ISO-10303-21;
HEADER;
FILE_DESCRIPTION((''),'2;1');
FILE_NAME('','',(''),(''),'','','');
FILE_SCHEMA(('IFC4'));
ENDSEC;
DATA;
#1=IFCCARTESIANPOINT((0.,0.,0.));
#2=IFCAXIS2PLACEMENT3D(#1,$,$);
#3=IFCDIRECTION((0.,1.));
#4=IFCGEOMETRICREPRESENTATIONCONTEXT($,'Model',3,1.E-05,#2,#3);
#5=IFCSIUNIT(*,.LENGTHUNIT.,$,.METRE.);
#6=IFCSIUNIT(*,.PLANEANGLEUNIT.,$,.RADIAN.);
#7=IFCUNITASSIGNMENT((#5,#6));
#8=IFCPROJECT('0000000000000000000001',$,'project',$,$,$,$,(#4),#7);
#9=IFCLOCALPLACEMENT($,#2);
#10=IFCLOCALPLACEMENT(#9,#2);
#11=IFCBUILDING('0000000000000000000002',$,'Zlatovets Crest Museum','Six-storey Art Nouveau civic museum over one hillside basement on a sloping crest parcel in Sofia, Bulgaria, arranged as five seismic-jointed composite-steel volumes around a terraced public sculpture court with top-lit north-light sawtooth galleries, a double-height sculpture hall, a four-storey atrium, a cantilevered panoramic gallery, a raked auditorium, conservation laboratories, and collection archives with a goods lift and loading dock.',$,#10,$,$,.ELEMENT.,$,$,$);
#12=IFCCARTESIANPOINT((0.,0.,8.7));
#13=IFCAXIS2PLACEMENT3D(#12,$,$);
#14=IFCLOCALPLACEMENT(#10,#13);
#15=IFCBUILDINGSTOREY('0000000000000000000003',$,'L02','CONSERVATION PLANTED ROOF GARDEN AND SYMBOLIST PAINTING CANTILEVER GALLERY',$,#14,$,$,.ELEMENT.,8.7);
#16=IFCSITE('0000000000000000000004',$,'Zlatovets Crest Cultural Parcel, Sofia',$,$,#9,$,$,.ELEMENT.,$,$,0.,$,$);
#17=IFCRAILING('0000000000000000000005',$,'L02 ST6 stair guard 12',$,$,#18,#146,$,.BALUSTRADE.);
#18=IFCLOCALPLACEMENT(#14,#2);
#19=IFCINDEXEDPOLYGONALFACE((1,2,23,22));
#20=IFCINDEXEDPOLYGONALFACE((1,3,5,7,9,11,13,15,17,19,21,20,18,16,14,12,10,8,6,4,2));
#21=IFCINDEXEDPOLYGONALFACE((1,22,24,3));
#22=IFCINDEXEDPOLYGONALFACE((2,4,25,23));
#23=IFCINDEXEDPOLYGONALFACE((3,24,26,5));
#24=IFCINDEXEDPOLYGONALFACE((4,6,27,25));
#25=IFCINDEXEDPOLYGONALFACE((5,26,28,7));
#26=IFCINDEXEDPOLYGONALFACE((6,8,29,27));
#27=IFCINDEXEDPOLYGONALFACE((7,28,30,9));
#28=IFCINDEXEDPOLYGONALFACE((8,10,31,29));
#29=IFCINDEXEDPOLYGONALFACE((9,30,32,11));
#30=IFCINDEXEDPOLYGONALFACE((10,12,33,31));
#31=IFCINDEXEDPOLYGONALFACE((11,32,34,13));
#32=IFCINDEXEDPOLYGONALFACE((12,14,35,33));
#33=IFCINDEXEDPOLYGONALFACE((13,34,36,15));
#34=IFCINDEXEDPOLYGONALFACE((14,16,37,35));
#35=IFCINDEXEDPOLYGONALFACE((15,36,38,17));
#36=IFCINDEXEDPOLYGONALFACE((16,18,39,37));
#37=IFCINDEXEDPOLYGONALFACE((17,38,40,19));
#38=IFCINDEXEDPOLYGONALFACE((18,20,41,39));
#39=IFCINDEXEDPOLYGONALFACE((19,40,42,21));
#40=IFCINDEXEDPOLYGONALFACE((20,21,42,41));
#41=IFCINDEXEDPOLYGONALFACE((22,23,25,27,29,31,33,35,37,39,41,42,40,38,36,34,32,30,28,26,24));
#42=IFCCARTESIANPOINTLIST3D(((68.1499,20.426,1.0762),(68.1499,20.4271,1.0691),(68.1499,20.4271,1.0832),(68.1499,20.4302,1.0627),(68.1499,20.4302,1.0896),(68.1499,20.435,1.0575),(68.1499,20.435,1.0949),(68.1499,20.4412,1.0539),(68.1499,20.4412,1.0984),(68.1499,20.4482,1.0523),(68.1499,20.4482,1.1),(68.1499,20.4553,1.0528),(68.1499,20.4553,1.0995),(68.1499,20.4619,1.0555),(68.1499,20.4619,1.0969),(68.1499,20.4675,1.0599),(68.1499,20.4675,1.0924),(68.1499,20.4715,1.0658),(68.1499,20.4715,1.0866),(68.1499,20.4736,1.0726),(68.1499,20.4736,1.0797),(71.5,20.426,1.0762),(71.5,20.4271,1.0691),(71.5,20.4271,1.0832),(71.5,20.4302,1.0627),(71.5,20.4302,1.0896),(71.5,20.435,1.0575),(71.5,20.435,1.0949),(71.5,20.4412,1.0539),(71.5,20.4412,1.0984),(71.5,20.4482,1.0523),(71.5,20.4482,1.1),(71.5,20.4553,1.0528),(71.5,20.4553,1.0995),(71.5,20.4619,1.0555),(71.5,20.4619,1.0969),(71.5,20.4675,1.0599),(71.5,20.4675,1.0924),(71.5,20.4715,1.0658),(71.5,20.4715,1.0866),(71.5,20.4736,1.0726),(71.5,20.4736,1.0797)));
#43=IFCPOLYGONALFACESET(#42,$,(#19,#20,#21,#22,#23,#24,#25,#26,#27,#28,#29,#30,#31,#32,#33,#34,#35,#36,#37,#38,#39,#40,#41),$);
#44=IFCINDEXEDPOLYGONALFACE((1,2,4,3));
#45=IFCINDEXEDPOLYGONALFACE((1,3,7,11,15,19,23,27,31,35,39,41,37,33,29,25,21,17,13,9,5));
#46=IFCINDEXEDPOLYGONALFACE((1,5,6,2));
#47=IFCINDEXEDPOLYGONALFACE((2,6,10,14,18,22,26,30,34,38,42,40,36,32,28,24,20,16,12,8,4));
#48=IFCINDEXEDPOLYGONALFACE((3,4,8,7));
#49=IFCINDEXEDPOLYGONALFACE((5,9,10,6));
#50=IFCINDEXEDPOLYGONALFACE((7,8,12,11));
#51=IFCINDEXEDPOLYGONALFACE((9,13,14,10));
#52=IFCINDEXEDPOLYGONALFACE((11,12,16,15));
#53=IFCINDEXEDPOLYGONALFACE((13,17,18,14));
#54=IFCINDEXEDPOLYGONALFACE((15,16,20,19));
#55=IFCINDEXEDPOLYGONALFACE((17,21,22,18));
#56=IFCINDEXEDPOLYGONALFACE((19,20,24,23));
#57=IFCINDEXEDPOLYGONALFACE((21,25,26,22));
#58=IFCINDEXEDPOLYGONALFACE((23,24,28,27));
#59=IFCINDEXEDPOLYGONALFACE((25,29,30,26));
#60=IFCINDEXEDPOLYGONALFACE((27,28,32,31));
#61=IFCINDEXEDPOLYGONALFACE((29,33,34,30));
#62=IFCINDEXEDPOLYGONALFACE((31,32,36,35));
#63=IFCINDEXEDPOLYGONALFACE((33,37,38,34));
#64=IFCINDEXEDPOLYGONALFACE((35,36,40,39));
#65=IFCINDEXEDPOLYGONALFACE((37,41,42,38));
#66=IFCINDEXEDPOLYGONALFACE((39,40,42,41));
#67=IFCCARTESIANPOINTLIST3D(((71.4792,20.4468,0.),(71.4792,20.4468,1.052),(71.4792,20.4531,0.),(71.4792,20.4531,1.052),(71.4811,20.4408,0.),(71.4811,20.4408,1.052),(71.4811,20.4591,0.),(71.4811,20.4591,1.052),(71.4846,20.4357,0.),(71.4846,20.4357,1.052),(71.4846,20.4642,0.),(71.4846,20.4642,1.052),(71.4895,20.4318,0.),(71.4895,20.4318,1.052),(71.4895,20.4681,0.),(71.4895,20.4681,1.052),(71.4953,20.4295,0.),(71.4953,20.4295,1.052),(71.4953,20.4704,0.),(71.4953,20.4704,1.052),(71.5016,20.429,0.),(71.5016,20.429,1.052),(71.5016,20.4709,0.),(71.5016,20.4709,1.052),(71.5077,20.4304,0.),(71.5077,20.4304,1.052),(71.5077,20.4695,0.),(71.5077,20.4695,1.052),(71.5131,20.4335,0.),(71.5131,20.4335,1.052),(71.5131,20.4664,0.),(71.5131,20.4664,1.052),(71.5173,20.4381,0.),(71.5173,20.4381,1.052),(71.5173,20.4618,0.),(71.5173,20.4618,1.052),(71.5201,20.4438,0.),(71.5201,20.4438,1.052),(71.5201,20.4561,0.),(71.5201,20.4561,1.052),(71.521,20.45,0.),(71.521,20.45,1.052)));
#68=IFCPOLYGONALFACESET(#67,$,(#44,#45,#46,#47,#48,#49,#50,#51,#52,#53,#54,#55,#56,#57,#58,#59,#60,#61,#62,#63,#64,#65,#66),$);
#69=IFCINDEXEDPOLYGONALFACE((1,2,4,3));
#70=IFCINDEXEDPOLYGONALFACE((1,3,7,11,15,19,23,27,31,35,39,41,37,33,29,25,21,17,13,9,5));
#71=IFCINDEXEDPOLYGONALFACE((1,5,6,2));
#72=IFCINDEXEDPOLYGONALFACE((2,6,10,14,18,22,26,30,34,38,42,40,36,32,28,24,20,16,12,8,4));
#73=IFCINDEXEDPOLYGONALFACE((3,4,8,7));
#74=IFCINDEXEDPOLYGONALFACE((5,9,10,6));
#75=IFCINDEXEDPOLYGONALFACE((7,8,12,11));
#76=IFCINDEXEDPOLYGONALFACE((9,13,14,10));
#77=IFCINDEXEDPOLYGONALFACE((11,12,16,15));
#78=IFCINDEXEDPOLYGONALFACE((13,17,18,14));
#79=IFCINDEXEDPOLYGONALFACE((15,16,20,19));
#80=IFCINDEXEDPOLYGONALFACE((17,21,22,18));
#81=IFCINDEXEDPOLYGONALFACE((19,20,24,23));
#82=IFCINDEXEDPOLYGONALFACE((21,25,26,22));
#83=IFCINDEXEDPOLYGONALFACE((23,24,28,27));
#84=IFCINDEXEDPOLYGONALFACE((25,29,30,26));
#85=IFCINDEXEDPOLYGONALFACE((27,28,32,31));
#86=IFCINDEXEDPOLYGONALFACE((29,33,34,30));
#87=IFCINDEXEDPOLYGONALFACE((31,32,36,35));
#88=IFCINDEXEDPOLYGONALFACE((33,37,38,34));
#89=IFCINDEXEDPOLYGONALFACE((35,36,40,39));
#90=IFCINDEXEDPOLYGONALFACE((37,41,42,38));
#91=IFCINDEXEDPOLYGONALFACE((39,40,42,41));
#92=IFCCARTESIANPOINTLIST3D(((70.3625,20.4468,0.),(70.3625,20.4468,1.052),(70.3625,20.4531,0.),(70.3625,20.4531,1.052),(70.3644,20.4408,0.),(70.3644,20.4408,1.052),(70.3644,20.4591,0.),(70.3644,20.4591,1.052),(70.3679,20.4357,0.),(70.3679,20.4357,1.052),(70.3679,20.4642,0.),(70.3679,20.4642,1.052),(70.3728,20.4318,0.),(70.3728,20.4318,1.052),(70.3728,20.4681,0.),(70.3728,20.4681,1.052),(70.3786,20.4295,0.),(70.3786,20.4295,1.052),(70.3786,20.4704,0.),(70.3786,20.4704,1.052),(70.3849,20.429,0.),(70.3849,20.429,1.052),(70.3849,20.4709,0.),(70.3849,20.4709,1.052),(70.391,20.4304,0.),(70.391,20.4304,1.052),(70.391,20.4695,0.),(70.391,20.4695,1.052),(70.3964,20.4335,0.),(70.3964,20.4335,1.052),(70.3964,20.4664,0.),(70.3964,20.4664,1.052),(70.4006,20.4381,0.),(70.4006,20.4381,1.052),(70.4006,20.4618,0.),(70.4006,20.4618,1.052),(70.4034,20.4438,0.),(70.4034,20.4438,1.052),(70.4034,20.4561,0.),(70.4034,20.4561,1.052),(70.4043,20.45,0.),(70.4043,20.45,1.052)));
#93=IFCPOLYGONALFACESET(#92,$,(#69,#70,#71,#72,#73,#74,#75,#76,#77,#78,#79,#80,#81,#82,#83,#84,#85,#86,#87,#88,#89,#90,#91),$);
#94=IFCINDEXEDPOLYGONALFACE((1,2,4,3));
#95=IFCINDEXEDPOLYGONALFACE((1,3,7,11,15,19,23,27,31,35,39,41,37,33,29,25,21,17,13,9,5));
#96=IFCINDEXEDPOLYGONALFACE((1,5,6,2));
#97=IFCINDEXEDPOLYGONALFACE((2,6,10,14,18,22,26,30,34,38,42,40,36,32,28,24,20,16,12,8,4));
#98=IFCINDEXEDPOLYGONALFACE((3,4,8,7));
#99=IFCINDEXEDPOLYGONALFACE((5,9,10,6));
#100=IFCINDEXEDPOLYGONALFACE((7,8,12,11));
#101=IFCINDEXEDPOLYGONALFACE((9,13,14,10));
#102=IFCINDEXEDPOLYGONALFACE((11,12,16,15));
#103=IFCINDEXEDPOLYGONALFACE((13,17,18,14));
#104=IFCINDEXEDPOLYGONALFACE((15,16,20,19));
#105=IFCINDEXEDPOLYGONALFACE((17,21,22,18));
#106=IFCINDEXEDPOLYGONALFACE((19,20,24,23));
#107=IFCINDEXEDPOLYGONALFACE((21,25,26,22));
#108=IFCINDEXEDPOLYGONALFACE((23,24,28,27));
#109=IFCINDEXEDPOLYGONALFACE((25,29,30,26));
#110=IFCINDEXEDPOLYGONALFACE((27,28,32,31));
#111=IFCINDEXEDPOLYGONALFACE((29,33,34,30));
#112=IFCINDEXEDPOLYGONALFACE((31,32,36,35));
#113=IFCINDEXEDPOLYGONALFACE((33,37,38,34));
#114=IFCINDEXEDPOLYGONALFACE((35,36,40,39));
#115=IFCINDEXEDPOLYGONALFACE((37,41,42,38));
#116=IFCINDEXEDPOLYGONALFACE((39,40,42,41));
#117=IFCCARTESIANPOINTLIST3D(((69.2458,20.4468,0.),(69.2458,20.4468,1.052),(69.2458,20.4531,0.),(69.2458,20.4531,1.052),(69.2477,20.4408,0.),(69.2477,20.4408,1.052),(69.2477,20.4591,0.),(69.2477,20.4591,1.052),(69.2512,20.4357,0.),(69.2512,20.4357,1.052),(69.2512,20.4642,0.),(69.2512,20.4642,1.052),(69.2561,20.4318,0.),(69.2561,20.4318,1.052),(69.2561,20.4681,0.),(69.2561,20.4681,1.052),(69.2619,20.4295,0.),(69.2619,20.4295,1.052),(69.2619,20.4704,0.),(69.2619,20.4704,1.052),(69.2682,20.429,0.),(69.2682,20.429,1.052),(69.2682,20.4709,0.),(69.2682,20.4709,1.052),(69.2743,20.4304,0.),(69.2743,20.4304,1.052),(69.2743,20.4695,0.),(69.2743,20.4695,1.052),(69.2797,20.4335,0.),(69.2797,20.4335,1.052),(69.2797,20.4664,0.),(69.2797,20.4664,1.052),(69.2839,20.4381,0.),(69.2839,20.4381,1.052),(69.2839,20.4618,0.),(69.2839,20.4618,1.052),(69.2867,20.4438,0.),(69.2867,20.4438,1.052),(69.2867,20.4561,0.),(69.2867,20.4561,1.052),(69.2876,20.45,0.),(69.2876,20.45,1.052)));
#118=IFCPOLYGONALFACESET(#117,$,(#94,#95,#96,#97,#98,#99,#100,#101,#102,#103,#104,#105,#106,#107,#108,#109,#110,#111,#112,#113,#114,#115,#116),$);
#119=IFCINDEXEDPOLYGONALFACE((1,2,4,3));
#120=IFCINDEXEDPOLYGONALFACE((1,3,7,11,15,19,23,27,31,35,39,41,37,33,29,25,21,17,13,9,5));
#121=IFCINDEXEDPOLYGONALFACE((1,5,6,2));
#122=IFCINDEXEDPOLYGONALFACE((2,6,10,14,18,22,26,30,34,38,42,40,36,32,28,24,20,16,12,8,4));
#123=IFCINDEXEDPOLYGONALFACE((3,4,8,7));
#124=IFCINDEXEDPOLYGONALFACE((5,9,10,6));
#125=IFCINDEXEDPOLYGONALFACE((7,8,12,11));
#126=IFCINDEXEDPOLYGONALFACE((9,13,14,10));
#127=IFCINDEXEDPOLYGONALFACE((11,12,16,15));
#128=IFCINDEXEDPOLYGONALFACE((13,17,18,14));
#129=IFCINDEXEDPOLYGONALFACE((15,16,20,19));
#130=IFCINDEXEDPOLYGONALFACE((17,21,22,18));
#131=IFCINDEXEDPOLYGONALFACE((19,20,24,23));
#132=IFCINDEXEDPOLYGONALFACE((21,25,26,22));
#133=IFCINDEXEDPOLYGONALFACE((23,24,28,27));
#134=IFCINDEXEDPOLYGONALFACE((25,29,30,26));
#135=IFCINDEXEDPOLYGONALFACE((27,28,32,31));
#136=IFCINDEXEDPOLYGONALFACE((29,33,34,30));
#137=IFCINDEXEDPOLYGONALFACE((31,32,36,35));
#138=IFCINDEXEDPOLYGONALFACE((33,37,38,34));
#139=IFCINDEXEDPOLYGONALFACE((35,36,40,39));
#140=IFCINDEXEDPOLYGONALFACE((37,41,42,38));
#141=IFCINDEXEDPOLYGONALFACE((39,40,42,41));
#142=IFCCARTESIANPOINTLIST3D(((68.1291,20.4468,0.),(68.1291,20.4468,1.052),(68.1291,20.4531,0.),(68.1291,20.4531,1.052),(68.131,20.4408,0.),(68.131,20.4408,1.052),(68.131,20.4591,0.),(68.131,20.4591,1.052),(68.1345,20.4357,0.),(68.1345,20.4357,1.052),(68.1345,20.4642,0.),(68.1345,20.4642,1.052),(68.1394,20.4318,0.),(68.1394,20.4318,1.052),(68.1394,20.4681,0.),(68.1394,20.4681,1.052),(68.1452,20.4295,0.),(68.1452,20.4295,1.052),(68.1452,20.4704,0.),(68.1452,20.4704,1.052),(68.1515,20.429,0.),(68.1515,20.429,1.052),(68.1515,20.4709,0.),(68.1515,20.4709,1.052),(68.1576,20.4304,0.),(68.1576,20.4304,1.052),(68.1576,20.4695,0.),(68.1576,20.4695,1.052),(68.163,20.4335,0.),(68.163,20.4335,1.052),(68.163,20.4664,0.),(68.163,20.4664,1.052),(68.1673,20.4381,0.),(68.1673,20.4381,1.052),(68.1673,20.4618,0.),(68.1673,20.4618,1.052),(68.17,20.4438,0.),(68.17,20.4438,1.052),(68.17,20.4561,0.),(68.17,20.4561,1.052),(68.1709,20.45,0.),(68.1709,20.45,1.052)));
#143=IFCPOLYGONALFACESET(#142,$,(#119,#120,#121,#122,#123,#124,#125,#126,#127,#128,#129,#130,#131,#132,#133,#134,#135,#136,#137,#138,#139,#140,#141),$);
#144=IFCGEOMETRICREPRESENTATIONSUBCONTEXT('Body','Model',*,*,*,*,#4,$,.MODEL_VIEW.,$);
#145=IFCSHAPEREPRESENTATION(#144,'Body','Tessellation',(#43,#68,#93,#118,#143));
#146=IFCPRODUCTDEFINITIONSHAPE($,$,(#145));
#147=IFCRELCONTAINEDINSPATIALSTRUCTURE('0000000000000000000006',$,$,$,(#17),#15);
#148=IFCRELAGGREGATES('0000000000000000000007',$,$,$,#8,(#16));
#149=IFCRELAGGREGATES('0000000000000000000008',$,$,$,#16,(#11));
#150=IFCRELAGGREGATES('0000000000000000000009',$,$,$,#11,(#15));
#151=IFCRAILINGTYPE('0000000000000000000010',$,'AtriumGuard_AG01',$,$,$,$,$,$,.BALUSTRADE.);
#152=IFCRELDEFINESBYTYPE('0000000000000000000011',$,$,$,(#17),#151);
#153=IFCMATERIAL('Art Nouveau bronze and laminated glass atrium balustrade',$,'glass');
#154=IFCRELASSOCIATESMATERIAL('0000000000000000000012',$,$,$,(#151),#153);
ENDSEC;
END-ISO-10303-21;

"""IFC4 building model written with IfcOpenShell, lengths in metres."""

from ifc_helpers import new_model, si_unit, direction, frame, origin, origin_2d, place, context, subcontext, project, spatial, circle, extrude, material, type_object, element, save


model = new_model("IFC4")

# Units and contexts
model_context = context("Model", 3, precision=1e-05, world=origin(), true_north=direction((0.0, 1.0)))
body_context = subcontext(model_context, "Body", "Model", "MODEL_VIEW")
ifc_project = project(units=[si_unit("LENGTHUNIT", "METRE"), si_unit("PLANEANGLEUNIT", "RADIAN")], contexts=[model_context])

# Site, building, storey
site_placement = place(None, origin())
site = spatial("IfcSite", under=ifc_project, at=site_placement, Name="Zlatovets Crest Cultural Parcel, Sofia", CompositionType="ELEMENT", RefElevation=0.0)
building_placement = place(site_placement, origin())
building = spatial("IfcBuilding", under=site, at=building_placement, Name="Zlatovets Crest Museum", Description="Six-storey Art Nouveau civic museum over one hillside basement on a sloping crest parcel in Sofia, Bulgaria, arranged as five seismic-jointed composite-steel volumes around a terraced public sculpture court with top-lit north-light sawtooth galleries, a double-height sculpture hall, a four-storey atrium, a cantilevered panoramic gallery, a raked auditorium, conservation laboratories, and collection archives with a goods lift and loading dock.", CompositionType="ELEMENT")
storey_placement = place(building_placement, frame((0.0, 0.0, 8.7)))
storey = spatial("IfcBuildingStorey", under=building, at=storey_placement, Name="L02", Description="CONSERVATION PLANTED ROOF GARDEN AND SYMBOLIST PAINTING CANTILEVER GALLERY", CompositionType="ELEMENT", Elevation=8.7)

# Railing
ifc_material_1 = material(Name="Art Nouveau bronze and laminated glass atrium balustrade", Category="glass")
railing_type = type_object("IfcRailingType", Name="AtriumGuard_AG01", PredefinedType="BALUSTRADE", material=ifc_material_1)
railing_1_placement = place(storey_placement, frame((71.5, 20.45, 0.0)))
element("IfcRailing", 1, at=railing_1_placement, inside=storey, type_object=railing_type, Name="L02 ST6 stair guard 12", PredefinedType="BALUSTRADE", context=body_context, shape_type="SweptSolid", body=[
    extrude(circle(Radius=0.0239, at=origin_2d()), frame((0.0, 0.0, 1.0762), z_axis=(-1.0, 0.0, 0.0), x_axis=(0.0, -1.0, 0.0)), (0.0, 0.0, 1.0), 3.3501),
    extrude(circle(Radius=0.021, at=origin_2d()), origin(), (0.0, 0.0, 1.0), 1.052),
    extrude(circle(Radius=0.021, at=origin_2d()), frame((-1.1167, 0.0, 0.0)), (0.0, 0.0, 1.0), 1.052),
    extrude(circle(Radius=0.021, at=origin_2d()), frame((-2.2334, 0.0, 0.0)), (0.0, 0.0, 1.0), 1.052),
    extrude(circle(Radius=0.021, at=origin_2d()), frame((-3.3501, 0.0, 0.0)), (0.0, 0.0, 1.0), 1.052),
])

save(model, "model.ifc")
